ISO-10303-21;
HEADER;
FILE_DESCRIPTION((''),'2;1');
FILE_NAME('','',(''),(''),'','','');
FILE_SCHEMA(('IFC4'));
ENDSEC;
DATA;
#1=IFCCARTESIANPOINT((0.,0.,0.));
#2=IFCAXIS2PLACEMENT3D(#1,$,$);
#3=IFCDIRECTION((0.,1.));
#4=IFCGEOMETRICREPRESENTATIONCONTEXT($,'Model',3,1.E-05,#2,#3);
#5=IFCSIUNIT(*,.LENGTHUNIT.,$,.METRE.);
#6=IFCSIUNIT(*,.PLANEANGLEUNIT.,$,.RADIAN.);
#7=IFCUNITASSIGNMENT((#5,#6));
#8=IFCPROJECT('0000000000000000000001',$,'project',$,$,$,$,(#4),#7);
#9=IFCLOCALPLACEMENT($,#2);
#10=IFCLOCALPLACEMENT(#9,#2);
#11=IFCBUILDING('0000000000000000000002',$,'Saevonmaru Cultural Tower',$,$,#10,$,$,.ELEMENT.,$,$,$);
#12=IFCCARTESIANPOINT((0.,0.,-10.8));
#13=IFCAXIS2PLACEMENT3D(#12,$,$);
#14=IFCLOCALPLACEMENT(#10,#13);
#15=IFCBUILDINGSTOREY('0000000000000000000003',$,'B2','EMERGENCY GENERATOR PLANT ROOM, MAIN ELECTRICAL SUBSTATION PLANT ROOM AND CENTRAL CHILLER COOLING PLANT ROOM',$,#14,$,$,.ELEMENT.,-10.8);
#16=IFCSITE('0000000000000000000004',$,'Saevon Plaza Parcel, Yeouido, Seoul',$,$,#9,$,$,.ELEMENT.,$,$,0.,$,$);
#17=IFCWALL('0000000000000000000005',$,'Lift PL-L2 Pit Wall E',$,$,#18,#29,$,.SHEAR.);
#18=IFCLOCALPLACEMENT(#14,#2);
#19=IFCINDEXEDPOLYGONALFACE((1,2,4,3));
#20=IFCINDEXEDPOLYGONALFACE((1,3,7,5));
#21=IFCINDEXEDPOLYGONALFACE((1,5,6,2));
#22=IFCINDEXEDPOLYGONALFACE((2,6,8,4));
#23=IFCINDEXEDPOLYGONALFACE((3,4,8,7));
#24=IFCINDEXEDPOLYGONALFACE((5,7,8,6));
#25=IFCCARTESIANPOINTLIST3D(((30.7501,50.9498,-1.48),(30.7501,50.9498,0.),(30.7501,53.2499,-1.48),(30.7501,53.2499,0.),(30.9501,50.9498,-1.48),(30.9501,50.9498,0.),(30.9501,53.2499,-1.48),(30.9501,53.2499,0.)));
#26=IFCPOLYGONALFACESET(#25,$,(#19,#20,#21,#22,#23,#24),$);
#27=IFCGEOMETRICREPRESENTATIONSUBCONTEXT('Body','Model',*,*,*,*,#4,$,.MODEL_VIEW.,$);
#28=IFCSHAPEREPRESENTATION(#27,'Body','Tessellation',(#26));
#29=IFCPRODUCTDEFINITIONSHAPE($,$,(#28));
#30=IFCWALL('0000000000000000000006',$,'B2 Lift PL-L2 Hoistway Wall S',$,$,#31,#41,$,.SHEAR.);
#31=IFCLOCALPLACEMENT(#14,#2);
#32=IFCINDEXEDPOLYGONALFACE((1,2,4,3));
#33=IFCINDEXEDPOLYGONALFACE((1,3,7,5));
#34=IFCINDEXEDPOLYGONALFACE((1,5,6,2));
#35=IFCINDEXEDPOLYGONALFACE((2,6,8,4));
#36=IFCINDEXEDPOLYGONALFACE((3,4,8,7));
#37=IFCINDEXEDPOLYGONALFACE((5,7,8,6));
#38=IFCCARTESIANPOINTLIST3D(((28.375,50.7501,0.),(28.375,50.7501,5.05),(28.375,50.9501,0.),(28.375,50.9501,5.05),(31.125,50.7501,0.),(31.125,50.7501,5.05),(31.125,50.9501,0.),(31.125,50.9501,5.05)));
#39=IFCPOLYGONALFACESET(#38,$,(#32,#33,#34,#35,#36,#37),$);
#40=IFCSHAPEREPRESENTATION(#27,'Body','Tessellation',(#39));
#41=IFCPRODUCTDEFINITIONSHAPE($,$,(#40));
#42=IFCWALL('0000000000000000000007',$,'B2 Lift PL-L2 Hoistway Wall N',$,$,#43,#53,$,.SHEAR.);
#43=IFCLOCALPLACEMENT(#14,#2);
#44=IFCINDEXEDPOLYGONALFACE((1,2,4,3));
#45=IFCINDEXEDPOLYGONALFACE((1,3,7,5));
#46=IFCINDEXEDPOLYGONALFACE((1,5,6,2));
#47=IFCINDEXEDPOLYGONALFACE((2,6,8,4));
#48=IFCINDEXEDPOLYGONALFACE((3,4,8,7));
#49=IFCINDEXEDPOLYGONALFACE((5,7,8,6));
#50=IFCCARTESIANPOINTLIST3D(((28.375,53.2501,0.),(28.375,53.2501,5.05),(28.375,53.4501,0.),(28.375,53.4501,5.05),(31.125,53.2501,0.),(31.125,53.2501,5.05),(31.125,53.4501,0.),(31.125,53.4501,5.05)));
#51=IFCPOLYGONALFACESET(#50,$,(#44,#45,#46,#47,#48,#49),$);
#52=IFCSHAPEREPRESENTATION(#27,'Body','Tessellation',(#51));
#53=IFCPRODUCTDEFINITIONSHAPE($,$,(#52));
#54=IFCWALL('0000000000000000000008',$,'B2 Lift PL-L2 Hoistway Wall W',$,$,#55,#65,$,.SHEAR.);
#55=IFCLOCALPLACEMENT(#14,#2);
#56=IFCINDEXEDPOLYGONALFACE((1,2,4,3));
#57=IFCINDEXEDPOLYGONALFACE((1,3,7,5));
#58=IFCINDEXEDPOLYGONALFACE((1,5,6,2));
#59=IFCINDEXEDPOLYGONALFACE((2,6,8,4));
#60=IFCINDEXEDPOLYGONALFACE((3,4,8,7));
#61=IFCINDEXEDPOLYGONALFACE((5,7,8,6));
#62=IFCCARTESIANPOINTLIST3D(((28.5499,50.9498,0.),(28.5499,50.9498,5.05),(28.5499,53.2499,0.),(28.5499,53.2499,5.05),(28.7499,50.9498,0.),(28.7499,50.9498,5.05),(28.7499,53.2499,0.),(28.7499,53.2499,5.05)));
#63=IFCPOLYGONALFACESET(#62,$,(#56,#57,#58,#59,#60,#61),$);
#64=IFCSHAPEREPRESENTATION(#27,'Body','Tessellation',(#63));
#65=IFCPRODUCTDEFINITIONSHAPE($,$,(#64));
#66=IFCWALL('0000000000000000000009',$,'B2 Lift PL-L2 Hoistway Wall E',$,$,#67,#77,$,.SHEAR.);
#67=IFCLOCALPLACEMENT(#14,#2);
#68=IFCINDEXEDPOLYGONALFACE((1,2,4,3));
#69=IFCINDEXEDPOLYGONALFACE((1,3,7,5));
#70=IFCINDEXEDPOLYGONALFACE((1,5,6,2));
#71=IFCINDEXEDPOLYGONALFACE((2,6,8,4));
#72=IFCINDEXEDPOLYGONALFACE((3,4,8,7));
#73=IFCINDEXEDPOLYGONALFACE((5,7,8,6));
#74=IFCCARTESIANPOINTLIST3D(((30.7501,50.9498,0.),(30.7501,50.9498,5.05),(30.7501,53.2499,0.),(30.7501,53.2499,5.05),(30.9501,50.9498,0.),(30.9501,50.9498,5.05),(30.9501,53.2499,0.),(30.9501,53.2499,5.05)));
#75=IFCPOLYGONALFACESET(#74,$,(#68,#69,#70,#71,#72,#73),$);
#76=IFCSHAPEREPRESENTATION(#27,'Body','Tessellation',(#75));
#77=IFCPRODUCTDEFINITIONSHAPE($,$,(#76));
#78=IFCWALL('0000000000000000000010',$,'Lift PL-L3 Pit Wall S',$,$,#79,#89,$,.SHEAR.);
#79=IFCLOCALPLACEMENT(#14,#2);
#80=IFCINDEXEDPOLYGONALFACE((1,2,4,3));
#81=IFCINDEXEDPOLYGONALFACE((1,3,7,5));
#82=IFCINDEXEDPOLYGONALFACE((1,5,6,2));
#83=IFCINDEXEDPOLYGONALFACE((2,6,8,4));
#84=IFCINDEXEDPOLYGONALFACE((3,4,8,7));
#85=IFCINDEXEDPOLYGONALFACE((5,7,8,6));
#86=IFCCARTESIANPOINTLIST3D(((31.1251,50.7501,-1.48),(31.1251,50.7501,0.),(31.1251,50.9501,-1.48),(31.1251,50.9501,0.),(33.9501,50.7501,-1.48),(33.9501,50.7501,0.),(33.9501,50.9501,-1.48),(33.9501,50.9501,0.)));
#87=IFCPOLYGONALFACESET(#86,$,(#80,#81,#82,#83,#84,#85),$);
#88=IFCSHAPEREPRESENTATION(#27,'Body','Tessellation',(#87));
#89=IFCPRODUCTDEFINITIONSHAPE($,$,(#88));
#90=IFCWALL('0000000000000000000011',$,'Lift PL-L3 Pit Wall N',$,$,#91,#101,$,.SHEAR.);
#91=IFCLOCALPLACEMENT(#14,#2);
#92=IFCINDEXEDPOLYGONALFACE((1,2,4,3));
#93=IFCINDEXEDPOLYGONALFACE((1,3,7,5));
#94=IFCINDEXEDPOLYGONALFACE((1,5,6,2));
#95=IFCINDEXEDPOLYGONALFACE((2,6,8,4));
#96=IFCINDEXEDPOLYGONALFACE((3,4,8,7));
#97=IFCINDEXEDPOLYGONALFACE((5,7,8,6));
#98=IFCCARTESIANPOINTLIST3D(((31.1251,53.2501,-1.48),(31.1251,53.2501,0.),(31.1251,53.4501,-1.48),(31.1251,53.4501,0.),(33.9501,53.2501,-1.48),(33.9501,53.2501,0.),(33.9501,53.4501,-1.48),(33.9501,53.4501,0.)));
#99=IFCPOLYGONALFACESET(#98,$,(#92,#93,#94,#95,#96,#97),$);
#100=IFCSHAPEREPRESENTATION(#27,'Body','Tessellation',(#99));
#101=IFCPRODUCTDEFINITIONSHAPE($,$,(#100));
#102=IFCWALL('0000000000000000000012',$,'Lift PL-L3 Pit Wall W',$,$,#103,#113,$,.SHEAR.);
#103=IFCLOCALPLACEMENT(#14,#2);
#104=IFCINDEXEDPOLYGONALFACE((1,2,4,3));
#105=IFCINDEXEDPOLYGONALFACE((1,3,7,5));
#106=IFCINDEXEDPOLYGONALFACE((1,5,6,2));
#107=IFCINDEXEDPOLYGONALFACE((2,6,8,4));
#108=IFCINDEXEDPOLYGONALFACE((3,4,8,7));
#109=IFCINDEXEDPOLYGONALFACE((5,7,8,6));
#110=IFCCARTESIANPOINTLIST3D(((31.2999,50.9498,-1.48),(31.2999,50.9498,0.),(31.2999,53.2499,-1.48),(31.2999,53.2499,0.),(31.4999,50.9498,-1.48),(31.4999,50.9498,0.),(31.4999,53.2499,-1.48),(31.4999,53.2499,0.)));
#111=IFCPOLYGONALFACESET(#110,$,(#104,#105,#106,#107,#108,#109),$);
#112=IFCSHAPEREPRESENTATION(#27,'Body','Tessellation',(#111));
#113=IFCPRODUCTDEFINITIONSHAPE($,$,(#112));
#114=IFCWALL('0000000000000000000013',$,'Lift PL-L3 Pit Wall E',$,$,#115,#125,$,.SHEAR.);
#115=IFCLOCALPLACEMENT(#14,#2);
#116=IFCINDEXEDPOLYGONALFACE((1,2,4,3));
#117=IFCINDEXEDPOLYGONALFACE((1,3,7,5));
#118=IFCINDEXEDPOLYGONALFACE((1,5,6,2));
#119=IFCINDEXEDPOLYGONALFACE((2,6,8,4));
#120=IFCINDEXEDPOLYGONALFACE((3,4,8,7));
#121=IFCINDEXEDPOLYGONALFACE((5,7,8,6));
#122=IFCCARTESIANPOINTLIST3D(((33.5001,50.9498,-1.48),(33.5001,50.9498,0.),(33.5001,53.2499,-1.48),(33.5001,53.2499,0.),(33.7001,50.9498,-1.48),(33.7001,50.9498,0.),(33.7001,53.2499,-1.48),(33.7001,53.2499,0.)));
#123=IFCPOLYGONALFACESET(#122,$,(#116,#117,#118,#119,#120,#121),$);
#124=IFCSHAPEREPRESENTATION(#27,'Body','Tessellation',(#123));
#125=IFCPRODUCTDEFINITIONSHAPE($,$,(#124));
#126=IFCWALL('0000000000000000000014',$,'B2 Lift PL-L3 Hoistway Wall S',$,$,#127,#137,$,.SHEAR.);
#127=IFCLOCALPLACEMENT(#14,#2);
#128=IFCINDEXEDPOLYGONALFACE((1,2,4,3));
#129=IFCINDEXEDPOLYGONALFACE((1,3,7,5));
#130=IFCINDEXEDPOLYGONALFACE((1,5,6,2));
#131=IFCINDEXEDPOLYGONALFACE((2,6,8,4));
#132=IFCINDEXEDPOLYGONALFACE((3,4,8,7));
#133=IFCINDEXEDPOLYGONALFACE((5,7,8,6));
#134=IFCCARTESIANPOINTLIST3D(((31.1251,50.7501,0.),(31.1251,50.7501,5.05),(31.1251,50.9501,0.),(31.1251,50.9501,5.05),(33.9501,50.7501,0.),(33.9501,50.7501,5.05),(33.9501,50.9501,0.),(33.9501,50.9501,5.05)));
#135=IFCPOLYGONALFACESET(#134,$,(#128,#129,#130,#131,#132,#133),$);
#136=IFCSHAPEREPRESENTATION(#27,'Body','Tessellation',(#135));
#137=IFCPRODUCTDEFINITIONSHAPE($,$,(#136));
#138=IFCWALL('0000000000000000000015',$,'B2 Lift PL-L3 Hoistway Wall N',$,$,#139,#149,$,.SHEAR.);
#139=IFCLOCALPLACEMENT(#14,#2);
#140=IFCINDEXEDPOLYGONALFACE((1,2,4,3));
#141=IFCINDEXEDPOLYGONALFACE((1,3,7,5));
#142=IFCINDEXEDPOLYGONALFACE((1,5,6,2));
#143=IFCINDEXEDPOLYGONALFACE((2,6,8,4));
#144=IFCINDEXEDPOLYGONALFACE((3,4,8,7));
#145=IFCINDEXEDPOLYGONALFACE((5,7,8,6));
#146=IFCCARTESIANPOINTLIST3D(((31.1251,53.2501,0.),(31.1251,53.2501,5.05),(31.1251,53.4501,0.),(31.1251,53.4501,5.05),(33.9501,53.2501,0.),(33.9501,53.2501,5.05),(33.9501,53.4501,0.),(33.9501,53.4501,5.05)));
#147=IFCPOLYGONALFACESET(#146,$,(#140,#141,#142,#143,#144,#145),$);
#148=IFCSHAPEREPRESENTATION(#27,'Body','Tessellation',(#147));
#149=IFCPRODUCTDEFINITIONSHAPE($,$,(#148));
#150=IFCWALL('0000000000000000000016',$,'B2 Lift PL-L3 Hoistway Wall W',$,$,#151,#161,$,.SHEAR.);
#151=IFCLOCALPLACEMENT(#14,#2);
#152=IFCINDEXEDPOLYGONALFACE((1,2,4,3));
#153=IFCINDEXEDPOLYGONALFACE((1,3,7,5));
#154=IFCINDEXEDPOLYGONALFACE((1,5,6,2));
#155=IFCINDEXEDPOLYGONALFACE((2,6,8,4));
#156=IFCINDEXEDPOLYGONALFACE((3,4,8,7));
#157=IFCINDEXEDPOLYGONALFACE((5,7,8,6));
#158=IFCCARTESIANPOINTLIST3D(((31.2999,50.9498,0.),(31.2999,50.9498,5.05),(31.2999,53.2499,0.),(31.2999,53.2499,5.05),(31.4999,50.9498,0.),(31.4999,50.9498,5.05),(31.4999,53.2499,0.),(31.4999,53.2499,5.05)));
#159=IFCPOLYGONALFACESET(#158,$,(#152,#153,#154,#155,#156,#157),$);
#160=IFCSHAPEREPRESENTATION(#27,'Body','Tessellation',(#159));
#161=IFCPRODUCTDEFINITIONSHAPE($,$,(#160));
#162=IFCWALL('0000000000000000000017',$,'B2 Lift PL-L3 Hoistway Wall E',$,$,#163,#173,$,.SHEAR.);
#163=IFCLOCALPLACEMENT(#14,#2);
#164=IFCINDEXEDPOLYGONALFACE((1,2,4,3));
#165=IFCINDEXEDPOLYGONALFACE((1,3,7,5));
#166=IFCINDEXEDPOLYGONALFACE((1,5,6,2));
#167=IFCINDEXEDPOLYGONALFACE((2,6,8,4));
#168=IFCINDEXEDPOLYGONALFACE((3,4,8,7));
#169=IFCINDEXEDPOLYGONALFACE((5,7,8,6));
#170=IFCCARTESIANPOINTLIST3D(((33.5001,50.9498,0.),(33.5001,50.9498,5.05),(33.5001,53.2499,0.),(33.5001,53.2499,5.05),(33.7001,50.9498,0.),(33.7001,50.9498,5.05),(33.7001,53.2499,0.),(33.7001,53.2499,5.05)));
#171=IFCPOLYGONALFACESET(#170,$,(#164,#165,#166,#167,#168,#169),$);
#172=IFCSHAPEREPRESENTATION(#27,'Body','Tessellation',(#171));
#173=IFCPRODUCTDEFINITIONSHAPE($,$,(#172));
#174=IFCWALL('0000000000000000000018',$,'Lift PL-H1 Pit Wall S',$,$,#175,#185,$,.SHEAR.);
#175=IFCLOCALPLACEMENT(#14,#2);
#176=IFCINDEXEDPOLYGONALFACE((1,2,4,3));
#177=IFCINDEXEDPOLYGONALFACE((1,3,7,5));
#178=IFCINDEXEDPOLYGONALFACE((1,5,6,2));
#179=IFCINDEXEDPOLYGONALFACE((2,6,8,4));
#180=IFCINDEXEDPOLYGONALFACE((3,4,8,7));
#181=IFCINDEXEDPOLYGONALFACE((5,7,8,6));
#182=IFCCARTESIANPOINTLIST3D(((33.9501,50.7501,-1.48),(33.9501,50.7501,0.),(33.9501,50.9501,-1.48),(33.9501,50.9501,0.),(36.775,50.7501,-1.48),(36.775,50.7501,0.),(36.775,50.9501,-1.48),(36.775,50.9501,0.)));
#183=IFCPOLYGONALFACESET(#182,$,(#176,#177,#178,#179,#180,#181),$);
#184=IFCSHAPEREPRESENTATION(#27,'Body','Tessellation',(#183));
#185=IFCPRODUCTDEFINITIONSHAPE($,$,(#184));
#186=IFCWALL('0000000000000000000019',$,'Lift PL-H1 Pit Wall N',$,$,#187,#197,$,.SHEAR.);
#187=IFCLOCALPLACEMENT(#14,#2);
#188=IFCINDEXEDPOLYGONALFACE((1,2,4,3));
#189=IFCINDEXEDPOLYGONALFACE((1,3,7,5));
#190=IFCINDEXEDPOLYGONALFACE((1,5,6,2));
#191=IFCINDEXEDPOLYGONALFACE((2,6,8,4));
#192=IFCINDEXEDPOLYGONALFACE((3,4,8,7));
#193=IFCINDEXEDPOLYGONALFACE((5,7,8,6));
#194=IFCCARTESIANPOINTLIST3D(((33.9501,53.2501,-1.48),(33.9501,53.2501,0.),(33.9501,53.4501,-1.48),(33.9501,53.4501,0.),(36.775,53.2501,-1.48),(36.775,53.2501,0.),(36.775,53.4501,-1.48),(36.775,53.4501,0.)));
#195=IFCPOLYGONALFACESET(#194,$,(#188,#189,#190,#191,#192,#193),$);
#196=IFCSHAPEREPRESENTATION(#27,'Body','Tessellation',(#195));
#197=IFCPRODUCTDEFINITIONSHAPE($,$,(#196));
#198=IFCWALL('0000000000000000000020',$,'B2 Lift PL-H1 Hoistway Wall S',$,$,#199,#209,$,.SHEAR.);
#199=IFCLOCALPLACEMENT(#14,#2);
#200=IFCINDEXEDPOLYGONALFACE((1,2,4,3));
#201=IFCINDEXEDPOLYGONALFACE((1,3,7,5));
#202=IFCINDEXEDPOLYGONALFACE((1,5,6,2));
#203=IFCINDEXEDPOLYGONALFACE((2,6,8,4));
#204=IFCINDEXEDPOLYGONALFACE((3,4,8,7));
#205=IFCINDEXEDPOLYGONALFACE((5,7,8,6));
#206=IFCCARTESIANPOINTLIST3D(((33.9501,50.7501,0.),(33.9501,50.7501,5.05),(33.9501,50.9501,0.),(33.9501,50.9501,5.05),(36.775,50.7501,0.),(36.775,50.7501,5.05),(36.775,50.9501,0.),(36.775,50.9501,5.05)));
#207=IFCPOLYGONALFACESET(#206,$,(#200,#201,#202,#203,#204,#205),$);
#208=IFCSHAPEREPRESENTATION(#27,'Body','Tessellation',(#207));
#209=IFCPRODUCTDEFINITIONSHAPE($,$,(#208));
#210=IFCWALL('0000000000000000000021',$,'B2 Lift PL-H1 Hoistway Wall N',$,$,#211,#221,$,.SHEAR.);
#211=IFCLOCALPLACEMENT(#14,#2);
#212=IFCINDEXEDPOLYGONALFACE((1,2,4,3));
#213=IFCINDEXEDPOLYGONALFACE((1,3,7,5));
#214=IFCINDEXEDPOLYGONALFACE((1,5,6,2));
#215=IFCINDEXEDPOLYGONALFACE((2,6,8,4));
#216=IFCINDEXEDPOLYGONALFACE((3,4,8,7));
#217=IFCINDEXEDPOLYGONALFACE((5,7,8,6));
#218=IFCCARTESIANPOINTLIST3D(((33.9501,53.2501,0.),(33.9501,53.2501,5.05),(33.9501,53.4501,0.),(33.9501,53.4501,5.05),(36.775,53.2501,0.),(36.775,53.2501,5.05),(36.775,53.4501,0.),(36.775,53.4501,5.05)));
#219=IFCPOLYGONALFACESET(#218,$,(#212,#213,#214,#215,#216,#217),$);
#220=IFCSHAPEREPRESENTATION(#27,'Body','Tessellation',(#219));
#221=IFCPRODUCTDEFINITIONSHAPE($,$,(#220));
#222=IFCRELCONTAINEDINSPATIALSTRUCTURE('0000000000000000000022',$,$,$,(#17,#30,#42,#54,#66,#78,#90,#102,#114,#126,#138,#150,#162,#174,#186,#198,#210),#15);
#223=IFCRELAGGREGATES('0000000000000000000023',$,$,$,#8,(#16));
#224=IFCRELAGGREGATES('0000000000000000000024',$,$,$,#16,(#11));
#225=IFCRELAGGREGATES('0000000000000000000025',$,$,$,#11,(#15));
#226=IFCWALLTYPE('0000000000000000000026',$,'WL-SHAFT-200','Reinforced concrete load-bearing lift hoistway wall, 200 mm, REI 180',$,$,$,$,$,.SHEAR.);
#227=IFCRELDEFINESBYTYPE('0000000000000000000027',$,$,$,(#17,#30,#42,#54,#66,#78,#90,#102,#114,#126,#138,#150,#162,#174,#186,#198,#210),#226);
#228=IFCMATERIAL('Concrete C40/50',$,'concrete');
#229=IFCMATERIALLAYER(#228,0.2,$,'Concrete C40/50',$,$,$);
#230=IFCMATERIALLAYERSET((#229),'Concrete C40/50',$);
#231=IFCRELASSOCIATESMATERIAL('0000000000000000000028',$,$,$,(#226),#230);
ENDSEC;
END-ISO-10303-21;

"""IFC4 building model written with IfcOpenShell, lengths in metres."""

from ifc_helpers import new_model, si_unit, direction, frame, frame_2d, origin, place, context, subcontext, project, spatial, rectangle, extrude, material, layer, layer_set, type_object, element, save


model = new_model("IFC4")

# Units and contexts
model_context = context("Model", 3, precision=1e-05, world=origin(), true_north=direction((0.0, 1.0)))
body_context = subcontext(model_context, "Body", "Model", "MODEL_VIEW")
ifc_project = project(units=[si_unit("LENGTHUNIT", "METRE"), si_unit("PLANEANGLEUNIT", "RADIAN")], contexts=[model_context])

# Site, building, storey
site_placement = place(None, origin())
site = spatial("IfcSite", under=ifc_project, at=site_placement, Name="Saevon Plaza Parcel, Yeouido, Seoul", CompositionType="ELEMENT", RefElevation=0.0)
building_placement = place(site_placement, origin())
building = spatial("IfcBuilding", under=site, at=building_placement, Name="Saevonmaru Cultural Tower", CompositionType="ELEMENT")
storey_placement = place(building_placement, frame((0.0, 0.0, -10.8)))
storey = spatial("IfcBuildingStorey", under=building, at=storey_placement, Name="B2", Description="EMERGENCY GENERATOR PLANT ROOM, MAIN ELECTRICAL SUBSTATION PLANT ROOM AND CENTRAL CHILLER COOLING PLANT ROOM", CompositionType="ELEMENT", Elevation=-10.8)

# Walls
ifc_material_1 = material(Name="Concrete C40/50", Category="concrete")
ifc_layer = layer(ifc_material_1, 0.2, Name="Concrete C40/50")
ifc_layer_set = layer_set([ifc_layer], Name="Concrete C40/50")
wall_type = type_object("IfcWallType", Name="WL-SHAFT-200", Description="Reinforced concrete load-bearing lift hoistway wall, 200 mm, REI 180", PredefinedType="SHEAR", material=ifc_layer_set)
for number, where, z_axis, x_axis, name in (
    (1, (30.8501, 50.95, -1.48), (0.0, 0.0, 1.0), (0.0, 1.0, 0.0), "Lift PL-L2 Pit Wall E"),
):
    element("IfcWall", number, at=place(storey_placement, frame(where, z_axis=z_axis, x_axis=x_axis)), inside=storey, type_object=wall_type, Name=name, PredefinedType="SHEAR", context=body_context, shape_type="SweptSolid", body=[
        extrude(rectangle(XDim=2.3, YDim=0.2, at=frame_2d((1.1499, 0.0))), origin(), (0.0, 0.0, 1.0), 1.48),
    ])
for number, where, z_axis, x_axis, name in (
    (2, (28.375, 50.8501, 0.0), (0.0, 0.0, 1.0), (1.0, 0.0, 0.0), "B2 Lift PL-L2 Hoistway Wall S"),
    (3, (28.375, 53.3501, 0.0), (0.0, 0.0, 1.0), (1.0, 0.0, 0.0), "B2 Lift PL-L2 Hoistway Wall N"),
):
    element("IfcWall", number, at=place(storey_placement, frame(where, z_axis=z_axis, x_axis=x_axis)), inside=storey, type_object=wall_type, Name=name, PredefinedType="SHEAR", context=body_context, shape_type="SweptSolid", body=[
        extrude(rectangle(XDim=2.75, YDim=0.2, at=frame_2d((1.375, 0.0))), origin(), (0.0, 0.0, 1.0), 5.05),
    ])
for number, where, z_axis, x_axis, name in (
    (4, (28.6499, 50.95, 0.0), (0.0, 0.0, 1.0), (0.0, 1.0, 0.0), "B2 Lift PL-L2 Hoistway Wall W"),
    (5, (30.8501, 50.95, 0.0), (0.0, 0.0, 1.0), (0.0, 1.0, 0.0), "B2 Lift PL-L2 Hoistway Wall E"),
):
    element("IfcWall", number, at=place(storey_placement, frame(where, z_axis=z_axis, x_axis=x_axis)), inside=storey, type_object=wall_type, Name=name, PredefinedType="SHEAR", context=body_context, shape_type="SweptSolid", body=[
        extrude(rectangle(XDim=2.3, YDim=0.2, at=frame_2d((1.1499, 0.0))), origin(), (0.0, 0.0, 1.0), 5.05),
    ])
for number, where, z_axis, x_axis, name in (
    (6, (31.125, 50.8501, -1.48), (0.0, 0.0, 1.0), (1.0, 0.0, 0.0), "Lift PL-L3 Pit Wall S"),
    (7, (31.125, 53.3501, -1.48), (0.0, 0.0, 1.0), (1.0, 0.0, 0.0), "Lift PL-L3 Pit Wall N"),
):
    element("IfcWall", number, at=place(storey_placement, frame(where, z_axis=z_axis, x_axis=x_axis)), inside=storey, type_object=wall_type, Name=name, PredefinedType="SHEAR", context=body_context, shape_type="SweptSolid", body=[
        extrude(rectangle(XDim=2.825, YDim=0.2, at=frame_2d((1.4126, 0.0))), origin(), (0.0, 0.0, 1.0), 1.48),
    ])
for number, where, z_axis, x_axis, name in (
    (8, (31.3999, 50.95, -1.48), (0.0, 0.0, 1.0), (0.0, 1.0, 0.0), "Lift PL-L3 Pit Wall W"),
    (9, (33.6001, 50.95, -1.48), (0.0, 0.0, 1.0), (0.0, 1.0, 0.0), "Lift PL-L3 Pit Wall E"),
):
    element("IfcWall", number, at=place(storey_placement, frame(where, z_axis=z_axis, x_axis=x_axis)), inside=storey, type_object=wall_type, Name=name, PredefinedType="SHEAR", context=body_context, shape_type="SweptSolid", body=[
        extrude(rectangle(XDim=2.3, YDim=0.2, at=frame_2d((1.1499, 0.0))), origin(), (0.0, 0.0, 1.0), 1.48),
    ])
for number, where, z_axis, x_axis, name in (
    (10, (31.125, 50.8501, 0.0), (0.0, 0.0, 1.0), (1.0, 0.0, 0.0), "B2 Lift PL-L3 Hoistway Wall S"),
    (11, (31.125, 53.3501, 0.0), (0.0, 0.0, 1.0), (1.0, 0.0, 0.0), "B2 Lift PL-L3 Hoistway Wall N"),
):
    element("IfcWall", number, at=place(storey_placement, frame(where, z_axis=z_axis, x_axis=x_axis)), inside=storey, type_object=wall_type, Name=name, PredefinedType="SHEAR", context=body_context, shape_type="SweptSolid", body=[
        extrude(rectangle(XDim=2.825, YDim=0.2, at=frame_2d((1.4126, 0.0))), origin(), (0.0, 0.0, 1.0), 5.05),
    ])
for number, where, z_axis, x_axis, name in (
    (12, (31.3999, 50.95, 0.0), (0.0, 0.0, 1.0), (0.0, 1.0, 0.0), "B2 Lift PL-L3 Hoistway Wall W"),
    (13, (33.6001, 50.95, 0.0), (0.0, 0.0, 1.0), (0.0, 1.0, 0.0), "B2 Lift PL-L3 Hoistway Wall E"),
):
    element("IfcWall", number, at=place(storey_placement, frame(where, z_axis=z_axis, x_axis=x_axis)), inside=storey, type_object=wall_type, Name=name, PredefinedType="SHEAR", context=body_context, shape_type="SweptSolid", body=[
        extrude(rectangle(XDim=2.3, YDim=0.2, at=frame_2d((1.1499, 0.0))), origin(), (0.0, 0.0, 1.0), 5.05),
    ])
for number, where, z_axis, x_axis, name in (
    (14, (33.95, 50.8501, -1.48), (0.0, 0.0, 1.0), (1.0, 0.0, 0.0), "Lift PL-H1 Pit Wall S"),
    (15, (33.95, 53.3501, -1.48), (0.0, 0.0, 1.0), (1.0, 0.0, 0.0), "Lift PL-H1 Pit Wall N"),
):
    element("IfcWall", number, at=place(storey_placement, frame(where, z_axis=z_axis, x_axis=x_axis)), inside=storey, type_object=wall_type, Name=name, PredefinedType="SHEAR", context=body_context, shape_type="SweptSolid", body=[
        extrude(rectangle(XDim=2.825, YDim=0.2, at=frame_2d((1.4126, 0.0))), origin(), (0.0, 0.0, 1.0), 1.48),
    ])
for number, where, z_axis, x_axis, name in (
    (16, (33.95, 50.8501, 0.0), (0.0, 0.0, 1.0), (1.0, 0.0, 0.0), "B2 Lift PL-H1 Hoistway Wall S"),
    (17, (33.95, 53.3501, 0.0), (0.0, 0.0, 1.0), (1.0, 0.0, 0.0), "B2 Lift PL-H1 Hoistway Wall N"),
):
    element("IfcWall", number, at=place(storey_placement, frame(where, z_axis=z_axis, x_axis=x_axis)), inside=storey, type_object=wall_type, Name=name, PredefinedType="SHEAR", context=body_context, shape_type="SweptSolid", body=[
        extrude(rectangle(XDim=2.825, YDim=0.2, at=frame_2d((1.4126, 0.0))), origin(), (0.0, 0.0, 1.0), 5.05),
    ])

save(model, "model.ifc")
